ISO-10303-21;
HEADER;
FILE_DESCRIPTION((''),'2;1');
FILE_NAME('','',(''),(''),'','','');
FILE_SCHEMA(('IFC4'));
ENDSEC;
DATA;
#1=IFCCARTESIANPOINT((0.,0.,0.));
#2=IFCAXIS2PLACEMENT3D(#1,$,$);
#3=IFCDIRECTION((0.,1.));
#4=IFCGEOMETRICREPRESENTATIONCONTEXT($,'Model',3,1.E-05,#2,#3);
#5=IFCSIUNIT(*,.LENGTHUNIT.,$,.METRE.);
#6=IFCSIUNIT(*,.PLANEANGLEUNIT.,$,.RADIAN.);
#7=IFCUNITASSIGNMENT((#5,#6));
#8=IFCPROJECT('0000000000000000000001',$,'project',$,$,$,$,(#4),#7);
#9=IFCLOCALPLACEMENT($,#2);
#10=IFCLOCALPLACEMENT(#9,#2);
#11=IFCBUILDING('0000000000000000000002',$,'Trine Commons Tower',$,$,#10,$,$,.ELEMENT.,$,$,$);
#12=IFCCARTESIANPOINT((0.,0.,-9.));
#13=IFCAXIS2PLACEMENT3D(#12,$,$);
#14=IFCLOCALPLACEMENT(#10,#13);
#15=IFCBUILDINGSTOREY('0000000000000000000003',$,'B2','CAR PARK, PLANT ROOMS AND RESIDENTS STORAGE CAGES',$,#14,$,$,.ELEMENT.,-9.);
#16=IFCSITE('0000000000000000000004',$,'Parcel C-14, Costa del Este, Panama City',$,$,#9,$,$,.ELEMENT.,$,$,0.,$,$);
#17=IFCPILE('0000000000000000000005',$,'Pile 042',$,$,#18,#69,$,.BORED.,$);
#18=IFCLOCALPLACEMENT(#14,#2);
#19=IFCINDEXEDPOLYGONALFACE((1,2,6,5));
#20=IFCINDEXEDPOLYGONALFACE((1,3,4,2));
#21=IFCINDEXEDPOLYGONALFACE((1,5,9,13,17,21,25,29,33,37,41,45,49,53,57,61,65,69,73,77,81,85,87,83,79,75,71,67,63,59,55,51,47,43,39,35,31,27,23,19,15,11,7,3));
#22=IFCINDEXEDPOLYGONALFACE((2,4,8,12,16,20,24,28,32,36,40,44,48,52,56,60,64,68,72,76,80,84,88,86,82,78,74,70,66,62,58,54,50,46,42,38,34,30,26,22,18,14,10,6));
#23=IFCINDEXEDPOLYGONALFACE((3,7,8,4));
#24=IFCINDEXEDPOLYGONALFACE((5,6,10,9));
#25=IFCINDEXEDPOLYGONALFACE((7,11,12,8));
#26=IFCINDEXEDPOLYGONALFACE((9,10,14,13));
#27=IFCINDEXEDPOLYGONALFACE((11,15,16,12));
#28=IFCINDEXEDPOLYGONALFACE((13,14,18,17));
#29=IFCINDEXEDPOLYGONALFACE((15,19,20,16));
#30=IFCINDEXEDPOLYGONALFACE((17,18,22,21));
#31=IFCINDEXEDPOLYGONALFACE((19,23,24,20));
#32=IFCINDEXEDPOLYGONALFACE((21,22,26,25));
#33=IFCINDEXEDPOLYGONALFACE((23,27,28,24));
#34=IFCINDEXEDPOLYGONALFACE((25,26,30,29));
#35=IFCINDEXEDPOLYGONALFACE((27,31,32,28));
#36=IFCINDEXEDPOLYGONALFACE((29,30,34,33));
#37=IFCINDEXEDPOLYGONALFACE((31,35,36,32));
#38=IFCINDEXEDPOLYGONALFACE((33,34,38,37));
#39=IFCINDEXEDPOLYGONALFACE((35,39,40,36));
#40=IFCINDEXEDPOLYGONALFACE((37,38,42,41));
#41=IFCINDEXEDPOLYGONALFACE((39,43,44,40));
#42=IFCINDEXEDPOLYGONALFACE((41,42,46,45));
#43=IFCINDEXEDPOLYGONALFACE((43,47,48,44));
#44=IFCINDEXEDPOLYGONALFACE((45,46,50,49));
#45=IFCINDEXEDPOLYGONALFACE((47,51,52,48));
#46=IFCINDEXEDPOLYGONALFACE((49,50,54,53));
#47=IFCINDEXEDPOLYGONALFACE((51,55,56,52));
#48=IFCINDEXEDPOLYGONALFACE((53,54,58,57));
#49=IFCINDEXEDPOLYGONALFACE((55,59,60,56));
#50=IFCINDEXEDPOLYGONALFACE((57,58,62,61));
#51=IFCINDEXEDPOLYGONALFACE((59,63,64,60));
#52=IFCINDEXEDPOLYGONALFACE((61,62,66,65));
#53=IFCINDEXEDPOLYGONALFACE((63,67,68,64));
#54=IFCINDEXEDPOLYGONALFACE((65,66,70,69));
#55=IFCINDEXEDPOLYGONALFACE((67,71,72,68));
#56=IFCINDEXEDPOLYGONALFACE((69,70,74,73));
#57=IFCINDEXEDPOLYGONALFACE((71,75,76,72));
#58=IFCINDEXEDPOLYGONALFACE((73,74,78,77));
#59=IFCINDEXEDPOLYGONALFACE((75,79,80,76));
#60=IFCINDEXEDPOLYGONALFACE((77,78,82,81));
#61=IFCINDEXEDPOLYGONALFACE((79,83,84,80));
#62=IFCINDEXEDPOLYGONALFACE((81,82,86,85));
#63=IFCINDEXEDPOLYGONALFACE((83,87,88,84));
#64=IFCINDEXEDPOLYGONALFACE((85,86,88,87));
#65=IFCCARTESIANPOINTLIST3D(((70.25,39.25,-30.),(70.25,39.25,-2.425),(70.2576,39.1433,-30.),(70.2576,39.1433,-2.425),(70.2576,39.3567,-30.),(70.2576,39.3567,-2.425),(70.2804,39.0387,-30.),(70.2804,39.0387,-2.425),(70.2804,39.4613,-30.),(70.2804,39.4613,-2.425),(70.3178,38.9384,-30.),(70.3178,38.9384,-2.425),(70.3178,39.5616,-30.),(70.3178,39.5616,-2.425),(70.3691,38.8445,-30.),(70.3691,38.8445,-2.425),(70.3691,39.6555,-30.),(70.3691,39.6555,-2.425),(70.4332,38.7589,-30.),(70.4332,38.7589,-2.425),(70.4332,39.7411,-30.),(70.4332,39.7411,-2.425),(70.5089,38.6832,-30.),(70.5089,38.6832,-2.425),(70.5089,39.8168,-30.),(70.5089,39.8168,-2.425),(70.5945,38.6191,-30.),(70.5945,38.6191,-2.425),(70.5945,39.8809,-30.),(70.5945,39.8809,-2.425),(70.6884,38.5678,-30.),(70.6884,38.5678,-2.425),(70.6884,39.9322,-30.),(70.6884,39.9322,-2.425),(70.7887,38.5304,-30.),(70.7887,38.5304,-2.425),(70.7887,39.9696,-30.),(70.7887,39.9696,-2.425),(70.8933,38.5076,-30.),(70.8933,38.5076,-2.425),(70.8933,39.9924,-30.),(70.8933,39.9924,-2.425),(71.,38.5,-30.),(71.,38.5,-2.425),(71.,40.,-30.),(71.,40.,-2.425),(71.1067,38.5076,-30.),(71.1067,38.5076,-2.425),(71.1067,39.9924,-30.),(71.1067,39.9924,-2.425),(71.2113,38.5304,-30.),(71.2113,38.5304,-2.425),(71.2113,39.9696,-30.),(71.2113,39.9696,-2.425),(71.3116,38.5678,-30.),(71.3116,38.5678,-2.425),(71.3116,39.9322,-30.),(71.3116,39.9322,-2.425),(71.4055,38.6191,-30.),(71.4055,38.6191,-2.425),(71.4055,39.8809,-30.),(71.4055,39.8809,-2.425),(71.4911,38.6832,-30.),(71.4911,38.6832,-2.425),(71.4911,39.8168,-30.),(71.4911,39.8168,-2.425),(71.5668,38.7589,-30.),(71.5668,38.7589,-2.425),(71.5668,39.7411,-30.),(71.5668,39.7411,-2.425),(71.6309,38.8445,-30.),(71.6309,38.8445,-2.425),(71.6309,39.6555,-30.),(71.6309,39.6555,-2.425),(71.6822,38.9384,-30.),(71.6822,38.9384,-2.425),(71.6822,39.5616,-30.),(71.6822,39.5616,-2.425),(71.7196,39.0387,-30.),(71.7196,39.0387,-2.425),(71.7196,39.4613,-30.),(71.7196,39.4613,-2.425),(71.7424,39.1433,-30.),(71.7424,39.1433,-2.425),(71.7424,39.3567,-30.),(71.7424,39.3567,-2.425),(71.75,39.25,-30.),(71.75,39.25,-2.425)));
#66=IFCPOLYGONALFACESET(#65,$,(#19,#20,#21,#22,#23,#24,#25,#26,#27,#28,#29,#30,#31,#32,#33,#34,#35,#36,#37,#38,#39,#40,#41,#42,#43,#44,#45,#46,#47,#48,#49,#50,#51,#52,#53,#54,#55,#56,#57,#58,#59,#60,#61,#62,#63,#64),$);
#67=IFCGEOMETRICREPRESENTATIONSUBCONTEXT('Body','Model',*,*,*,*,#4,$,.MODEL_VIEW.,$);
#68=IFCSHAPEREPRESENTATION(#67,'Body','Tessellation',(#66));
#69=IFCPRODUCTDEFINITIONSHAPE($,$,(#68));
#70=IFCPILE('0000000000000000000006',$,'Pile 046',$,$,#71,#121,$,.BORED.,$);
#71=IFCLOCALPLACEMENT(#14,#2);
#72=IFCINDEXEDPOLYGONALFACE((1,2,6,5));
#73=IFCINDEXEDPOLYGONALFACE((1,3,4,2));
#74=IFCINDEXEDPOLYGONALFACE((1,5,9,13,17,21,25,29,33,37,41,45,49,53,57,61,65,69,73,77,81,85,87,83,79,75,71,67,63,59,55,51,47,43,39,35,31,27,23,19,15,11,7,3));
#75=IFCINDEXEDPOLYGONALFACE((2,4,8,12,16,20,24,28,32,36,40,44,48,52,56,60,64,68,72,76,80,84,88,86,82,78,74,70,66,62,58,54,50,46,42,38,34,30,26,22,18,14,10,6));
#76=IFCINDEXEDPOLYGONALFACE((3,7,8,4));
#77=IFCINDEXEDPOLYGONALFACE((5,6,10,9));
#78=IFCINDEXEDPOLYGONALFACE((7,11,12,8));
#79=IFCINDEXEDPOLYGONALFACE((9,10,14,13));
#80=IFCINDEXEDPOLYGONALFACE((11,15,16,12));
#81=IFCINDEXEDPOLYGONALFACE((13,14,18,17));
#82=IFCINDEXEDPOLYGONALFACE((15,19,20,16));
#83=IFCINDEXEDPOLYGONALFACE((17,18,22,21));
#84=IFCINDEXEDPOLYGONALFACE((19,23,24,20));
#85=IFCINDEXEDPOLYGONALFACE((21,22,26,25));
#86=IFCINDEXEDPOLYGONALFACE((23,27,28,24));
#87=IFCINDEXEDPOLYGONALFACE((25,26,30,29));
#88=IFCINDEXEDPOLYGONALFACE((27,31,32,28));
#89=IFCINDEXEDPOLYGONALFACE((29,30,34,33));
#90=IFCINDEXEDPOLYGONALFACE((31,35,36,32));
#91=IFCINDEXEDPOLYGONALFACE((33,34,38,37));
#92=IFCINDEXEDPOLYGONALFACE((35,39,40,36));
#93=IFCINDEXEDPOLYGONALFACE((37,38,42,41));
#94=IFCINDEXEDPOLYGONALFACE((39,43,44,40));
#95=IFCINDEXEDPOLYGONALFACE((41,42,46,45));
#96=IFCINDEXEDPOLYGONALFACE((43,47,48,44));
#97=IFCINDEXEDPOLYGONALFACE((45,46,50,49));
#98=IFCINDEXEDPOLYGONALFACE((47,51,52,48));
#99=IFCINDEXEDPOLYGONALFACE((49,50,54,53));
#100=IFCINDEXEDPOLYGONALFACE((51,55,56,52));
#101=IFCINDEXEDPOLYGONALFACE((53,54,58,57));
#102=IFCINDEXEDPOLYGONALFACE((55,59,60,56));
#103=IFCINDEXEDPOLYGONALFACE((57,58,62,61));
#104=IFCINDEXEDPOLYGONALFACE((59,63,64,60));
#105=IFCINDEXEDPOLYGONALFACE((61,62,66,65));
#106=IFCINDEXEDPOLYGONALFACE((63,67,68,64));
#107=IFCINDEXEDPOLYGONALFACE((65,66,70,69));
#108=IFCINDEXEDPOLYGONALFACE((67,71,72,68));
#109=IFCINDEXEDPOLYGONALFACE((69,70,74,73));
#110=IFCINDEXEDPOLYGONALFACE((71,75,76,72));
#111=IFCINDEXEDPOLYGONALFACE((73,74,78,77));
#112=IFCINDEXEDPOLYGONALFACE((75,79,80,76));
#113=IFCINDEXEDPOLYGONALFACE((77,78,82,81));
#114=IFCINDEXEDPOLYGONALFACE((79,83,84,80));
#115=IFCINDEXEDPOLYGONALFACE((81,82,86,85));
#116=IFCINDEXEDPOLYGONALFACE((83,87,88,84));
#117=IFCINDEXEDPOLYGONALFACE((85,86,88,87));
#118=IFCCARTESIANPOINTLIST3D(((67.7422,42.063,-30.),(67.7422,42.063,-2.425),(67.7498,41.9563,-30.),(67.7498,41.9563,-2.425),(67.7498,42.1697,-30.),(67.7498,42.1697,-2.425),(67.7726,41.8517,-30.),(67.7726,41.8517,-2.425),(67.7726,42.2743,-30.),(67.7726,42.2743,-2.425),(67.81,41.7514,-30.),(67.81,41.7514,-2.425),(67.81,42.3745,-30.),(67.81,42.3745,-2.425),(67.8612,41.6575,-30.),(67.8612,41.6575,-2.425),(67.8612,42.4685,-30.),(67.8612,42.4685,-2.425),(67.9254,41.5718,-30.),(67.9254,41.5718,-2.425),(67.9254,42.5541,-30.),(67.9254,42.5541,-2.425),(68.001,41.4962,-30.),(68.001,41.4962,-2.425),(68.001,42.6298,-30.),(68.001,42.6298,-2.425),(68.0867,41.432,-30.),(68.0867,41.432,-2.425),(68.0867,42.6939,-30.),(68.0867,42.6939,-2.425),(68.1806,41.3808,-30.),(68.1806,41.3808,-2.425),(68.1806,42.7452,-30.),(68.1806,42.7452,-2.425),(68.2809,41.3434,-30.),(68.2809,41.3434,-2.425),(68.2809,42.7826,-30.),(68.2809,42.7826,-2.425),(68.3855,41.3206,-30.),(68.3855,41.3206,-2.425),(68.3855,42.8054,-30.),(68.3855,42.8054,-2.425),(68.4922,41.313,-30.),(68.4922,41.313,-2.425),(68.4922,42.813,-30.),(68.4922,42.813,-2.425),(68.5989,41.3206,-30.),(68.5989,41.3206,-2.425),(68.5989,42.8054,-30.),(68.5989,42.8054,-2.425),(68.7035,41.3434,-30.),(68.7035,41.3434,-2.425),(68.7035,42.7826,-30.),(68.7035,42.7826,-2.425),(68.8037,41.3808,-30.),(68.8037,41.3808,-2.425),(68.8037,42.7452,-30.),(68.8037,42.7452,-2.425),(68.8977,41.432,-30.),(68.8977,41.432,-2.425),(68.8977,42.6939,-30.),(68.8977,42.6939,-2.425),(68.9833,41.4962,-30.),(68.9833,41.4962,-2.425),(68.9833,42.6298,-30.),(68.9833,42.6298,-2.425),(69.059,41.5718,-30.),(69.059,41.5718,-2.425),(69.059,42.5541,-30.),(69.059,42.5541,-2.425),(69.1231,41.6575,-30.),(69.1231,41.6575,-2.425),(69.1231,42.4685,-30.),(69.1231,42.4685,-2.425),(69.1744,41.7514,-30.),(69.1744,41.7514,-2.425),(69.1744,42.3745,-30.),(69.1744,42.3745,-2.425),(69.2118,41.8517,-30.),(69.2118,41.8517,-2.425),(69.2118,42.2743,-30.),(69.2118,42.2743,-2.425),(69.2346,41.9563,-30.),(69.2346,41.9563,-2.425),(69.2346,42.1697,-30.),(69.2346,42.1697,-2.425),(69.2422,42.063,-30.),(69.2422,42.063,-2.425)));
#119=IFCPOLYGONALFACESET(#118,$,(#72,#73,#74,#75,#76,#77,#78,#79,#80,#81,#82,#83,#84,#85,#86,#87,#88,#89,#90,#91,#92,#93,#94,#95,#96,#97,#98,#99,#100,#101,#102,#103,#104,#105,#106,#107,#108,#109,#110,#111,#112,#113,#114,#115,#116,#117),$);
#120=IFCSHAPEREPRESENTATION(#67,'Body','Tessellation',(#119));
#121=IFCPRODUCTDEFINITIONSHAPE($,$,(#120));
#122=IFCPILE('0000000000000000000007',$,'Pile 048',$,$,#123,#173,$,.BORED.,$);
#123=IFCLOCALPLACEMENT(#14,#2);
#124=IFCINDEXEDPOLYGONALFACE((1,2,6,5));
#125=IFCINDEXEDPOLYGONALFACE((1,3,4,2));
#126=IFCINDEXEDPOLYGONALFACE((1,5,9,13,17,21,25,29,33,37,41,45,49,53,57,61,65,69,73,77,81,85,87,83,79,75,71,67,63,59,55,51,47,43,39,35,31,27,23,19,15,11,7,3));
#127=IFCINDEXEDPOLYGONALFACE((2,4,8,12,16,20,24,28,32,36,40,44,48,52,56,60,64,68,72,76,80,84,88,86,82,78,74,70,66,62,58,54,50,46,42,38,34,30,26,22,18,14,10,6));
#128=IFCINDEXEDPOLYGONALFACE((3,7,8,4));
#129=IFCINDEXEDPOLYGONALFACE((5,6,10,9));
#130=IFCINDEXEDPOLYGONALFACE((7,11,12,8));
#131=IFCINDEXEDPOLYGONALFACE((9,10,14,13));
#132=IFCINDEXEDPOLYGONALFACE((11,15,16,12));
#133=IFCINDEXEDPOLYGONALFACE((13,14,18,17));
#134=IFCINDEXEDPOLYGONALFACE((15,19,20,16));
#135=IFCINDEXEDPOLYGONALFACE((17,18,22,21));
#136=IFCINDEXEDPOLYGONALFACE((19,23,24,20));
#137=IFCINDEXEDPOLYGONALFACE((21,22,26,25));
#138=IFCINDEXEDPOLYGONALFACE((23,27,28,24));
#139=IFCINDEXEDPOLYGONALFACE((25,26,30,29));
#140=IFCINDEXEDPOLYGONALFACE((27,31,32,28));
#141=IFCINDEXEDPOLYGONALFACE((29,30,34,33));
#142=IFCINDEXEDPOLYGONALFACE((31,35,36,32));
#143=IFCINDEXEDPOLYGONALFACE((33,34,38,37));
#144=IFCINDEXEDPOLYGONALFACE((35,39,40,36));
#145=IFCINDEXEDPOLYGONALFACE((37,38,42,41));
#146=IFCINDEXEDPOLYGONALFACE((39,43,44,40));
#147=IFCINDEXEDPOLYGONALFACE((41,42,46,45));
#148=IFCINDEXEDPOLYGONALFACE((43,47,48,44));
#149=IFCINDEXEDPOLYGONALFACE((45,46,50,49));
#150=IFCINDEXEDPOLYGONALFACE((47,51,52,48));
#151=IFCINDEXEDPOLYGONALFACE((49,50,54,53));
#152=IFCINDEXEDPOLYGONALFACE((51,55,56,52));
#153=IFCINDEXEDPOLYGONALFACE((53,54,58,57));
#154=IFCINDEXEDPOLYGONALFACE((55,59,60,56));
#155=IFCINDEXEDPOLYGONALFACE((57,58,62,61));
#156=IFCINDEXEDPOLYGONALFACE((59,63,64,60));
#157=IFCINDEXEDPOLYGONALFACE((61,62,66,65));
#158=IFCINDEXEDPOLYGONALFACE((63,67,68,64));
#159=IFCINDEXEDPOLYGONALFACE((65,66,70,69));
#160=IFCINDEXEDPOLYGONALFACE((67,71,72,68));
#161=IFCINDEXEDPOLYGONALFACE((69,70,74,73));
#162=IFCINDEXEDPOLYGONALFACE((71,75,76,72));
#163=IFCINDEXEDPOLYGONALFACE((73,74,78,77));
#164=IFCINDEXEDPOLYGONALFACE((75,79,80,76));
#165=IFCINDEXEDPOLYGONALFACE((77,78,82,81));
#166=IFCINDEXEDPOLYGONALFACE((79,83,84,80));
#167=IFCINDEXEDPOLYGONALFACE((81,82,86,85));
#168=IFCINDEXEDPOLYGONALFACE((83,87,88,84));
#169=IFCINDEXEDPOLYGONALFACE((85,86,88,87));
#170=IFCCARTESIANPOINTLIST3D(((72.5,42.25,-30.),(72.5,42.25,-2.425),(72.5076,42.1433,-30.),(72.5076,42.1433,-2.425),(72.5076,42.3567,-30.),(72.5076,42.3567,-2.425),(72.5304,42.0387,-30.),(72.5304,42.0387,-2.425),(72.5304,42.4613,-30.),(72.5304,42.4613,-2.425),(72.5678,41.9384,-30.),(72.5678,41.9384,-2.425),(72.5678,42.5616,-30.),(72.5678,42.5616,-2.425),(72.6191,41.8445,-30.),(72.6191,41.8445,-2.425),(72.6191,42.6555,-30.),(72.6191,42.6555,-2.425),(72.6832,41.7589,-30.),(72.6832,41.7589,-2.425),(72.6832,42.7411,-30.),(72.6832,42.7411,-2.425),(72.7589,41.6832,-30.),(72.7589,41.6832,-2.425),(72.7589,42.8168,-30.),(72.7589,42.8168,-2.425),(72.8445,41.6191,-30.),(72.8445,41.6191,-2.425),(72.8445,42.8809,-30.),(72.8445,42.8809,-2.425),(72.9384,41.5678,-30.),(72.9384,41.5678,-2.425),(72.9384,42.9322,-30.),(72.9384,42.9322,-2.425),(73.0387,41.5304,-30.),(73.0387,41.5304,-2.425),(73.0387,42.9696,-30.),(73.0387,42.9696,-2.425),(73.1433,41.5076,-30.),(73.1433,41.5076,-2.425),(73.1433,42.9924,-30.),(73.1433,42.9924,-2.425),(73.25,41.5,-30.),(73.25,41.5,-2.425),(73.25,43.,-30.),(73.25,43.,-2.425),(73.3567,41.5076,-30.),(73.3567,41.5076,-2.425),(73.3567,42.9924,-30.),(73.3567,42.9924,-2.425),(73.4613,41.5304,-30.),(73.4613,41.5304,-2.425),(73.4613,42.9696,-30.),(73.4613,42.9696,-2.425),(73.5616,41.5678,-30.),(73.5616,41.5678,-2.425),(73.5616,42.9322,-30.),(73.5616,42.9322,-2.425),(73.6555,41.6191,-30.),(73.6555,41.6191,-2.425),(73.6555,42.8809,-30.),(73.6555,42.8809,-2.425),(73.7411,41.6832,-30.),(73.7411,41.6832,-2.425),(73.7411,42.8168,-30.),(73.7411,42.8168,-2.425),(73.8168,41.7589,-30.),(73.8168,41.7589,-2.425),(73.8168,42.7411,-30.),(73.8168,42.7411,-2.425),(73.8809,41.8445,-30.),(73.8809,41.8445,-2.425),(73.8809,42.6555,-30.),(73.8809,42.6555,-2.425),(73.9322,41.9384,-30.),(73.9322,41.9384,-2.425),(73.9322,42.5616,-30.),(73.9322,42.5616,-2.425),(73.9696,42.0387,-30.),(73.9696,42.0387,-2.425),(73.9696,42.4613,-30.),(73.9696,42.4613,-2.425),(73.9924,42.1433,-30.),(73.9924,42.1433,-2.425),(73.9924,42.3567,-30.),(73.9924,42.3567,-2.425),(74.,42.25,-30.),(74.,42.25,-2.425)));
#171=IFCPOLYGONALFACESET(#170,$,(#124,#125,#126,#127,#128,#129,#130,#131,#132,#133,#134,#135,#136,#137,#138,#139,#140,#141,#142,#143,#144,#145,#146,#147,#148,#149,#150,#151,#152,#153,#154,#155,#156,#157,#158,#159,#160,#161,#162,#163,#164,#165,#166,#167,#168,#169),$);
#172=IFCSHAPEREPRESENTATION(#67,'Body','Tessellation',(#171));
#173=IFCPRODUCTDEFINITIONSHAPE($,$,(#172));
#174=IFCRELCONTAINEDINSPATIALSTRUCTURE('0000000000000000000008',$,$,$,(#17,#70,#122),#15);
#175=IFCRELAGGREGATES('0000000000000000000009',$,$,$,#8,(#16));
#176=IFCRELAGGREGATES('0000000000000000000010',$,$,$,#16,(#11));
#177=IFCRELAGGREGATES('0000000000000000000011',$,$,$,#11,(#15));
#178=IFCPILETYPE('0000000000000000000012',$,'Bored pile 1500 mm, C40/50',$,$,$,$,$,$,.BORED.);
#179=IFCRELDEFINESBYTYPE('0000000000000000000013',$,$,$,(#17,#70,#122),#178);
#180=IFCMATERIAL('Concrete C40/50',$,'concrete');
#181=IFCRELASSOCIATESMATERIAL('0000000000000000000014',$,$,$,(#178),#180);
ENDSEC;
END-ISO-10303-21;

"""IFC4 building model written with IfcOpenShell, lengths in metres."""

from ifc_helpers import new_model, si_unit, direction, frame, origin, origin_2d, place, context, subcontext, project, spatial, circle, extrude, material, type_object, element, save


model = new_model("IFC4")

# Units and contexts
model_context = context("Model", 3, precision=1e-05, world=origin(), true_north=direction((0.0, 1.0)))
body_context = subcontext(model_context, "Body", "Model", "MODEL_VIEW")
ifc_project = project(units=[si_unit("LENGTHUNIT", "METRE"), si_unit("PLANEANGLEUNIT", "RADIAN")], contexts=[model_context])

# Site, building, storey
site_placement = place(None, origin())
site = spatial("IfcSite", under=ifc_project, at=site_placement, Name="Parcel C-14, Costa del Este, Panama City", CompositionType="ELEMENT", RefElevation=0.0)
building_placement = place(site_placement, origin())
building = spatial("IfcBuilding", under=site, at=building_placement, Name="Trine Commons Tower", CompositionType="ELEMENT")
storey_placement = place(building_placement, frame((0.0, 0.0, -9.0)))
storey = spatial("IfcBuildingStorey", under=building, at=storey_placement, Name="B2", Description="CAR PARK, PLANT ROOMS AND RESIDENTS STORAGE CAGES", CompositionType="ELEMENT", Elevation=-9.0)

# Piles
ifc_material_1 = material(Name="Concrete C40/50", Category="concrete")
pile_type_1 = type_object("IfcPileType", Name="Bored pile 1500 mm, C40/50", PredefinedType="BORED", material=ifc_material_1)
for number, where, z_axis, x_axis, name in (
    (1, (71.0, 39.25, -2.425), (0.0, 0.0, -1.0), (1.0, 0.0, 0.0), "Pile 042"),
    (2, (68.4922, 42.063, -2.425), (0.0, 0.0, -1.0), (1.0, 0.0, 0.0), "Pile 046"),
    (3, (73.25, 42.25, -2.425), (0.0, 0.0, -1.0), (1.0, 0.0, 0.0), "Pile 048"),
):
    element("IfcPile", number, at=place(storey_placement, frame(where, z_axis=z_axis, x_axis=x_axis)), inside=storey, type_object=pile_type_1, Name=name, PredefinedType="BORED", context=body_context, shape_type="SweptSolid", body=[
        extrude(circle(Radius=0.75, at=origin_2d()), origin(), (0.0, 0.0, 1.0), 27.575),
    ])

save(model, "model.ifc")
